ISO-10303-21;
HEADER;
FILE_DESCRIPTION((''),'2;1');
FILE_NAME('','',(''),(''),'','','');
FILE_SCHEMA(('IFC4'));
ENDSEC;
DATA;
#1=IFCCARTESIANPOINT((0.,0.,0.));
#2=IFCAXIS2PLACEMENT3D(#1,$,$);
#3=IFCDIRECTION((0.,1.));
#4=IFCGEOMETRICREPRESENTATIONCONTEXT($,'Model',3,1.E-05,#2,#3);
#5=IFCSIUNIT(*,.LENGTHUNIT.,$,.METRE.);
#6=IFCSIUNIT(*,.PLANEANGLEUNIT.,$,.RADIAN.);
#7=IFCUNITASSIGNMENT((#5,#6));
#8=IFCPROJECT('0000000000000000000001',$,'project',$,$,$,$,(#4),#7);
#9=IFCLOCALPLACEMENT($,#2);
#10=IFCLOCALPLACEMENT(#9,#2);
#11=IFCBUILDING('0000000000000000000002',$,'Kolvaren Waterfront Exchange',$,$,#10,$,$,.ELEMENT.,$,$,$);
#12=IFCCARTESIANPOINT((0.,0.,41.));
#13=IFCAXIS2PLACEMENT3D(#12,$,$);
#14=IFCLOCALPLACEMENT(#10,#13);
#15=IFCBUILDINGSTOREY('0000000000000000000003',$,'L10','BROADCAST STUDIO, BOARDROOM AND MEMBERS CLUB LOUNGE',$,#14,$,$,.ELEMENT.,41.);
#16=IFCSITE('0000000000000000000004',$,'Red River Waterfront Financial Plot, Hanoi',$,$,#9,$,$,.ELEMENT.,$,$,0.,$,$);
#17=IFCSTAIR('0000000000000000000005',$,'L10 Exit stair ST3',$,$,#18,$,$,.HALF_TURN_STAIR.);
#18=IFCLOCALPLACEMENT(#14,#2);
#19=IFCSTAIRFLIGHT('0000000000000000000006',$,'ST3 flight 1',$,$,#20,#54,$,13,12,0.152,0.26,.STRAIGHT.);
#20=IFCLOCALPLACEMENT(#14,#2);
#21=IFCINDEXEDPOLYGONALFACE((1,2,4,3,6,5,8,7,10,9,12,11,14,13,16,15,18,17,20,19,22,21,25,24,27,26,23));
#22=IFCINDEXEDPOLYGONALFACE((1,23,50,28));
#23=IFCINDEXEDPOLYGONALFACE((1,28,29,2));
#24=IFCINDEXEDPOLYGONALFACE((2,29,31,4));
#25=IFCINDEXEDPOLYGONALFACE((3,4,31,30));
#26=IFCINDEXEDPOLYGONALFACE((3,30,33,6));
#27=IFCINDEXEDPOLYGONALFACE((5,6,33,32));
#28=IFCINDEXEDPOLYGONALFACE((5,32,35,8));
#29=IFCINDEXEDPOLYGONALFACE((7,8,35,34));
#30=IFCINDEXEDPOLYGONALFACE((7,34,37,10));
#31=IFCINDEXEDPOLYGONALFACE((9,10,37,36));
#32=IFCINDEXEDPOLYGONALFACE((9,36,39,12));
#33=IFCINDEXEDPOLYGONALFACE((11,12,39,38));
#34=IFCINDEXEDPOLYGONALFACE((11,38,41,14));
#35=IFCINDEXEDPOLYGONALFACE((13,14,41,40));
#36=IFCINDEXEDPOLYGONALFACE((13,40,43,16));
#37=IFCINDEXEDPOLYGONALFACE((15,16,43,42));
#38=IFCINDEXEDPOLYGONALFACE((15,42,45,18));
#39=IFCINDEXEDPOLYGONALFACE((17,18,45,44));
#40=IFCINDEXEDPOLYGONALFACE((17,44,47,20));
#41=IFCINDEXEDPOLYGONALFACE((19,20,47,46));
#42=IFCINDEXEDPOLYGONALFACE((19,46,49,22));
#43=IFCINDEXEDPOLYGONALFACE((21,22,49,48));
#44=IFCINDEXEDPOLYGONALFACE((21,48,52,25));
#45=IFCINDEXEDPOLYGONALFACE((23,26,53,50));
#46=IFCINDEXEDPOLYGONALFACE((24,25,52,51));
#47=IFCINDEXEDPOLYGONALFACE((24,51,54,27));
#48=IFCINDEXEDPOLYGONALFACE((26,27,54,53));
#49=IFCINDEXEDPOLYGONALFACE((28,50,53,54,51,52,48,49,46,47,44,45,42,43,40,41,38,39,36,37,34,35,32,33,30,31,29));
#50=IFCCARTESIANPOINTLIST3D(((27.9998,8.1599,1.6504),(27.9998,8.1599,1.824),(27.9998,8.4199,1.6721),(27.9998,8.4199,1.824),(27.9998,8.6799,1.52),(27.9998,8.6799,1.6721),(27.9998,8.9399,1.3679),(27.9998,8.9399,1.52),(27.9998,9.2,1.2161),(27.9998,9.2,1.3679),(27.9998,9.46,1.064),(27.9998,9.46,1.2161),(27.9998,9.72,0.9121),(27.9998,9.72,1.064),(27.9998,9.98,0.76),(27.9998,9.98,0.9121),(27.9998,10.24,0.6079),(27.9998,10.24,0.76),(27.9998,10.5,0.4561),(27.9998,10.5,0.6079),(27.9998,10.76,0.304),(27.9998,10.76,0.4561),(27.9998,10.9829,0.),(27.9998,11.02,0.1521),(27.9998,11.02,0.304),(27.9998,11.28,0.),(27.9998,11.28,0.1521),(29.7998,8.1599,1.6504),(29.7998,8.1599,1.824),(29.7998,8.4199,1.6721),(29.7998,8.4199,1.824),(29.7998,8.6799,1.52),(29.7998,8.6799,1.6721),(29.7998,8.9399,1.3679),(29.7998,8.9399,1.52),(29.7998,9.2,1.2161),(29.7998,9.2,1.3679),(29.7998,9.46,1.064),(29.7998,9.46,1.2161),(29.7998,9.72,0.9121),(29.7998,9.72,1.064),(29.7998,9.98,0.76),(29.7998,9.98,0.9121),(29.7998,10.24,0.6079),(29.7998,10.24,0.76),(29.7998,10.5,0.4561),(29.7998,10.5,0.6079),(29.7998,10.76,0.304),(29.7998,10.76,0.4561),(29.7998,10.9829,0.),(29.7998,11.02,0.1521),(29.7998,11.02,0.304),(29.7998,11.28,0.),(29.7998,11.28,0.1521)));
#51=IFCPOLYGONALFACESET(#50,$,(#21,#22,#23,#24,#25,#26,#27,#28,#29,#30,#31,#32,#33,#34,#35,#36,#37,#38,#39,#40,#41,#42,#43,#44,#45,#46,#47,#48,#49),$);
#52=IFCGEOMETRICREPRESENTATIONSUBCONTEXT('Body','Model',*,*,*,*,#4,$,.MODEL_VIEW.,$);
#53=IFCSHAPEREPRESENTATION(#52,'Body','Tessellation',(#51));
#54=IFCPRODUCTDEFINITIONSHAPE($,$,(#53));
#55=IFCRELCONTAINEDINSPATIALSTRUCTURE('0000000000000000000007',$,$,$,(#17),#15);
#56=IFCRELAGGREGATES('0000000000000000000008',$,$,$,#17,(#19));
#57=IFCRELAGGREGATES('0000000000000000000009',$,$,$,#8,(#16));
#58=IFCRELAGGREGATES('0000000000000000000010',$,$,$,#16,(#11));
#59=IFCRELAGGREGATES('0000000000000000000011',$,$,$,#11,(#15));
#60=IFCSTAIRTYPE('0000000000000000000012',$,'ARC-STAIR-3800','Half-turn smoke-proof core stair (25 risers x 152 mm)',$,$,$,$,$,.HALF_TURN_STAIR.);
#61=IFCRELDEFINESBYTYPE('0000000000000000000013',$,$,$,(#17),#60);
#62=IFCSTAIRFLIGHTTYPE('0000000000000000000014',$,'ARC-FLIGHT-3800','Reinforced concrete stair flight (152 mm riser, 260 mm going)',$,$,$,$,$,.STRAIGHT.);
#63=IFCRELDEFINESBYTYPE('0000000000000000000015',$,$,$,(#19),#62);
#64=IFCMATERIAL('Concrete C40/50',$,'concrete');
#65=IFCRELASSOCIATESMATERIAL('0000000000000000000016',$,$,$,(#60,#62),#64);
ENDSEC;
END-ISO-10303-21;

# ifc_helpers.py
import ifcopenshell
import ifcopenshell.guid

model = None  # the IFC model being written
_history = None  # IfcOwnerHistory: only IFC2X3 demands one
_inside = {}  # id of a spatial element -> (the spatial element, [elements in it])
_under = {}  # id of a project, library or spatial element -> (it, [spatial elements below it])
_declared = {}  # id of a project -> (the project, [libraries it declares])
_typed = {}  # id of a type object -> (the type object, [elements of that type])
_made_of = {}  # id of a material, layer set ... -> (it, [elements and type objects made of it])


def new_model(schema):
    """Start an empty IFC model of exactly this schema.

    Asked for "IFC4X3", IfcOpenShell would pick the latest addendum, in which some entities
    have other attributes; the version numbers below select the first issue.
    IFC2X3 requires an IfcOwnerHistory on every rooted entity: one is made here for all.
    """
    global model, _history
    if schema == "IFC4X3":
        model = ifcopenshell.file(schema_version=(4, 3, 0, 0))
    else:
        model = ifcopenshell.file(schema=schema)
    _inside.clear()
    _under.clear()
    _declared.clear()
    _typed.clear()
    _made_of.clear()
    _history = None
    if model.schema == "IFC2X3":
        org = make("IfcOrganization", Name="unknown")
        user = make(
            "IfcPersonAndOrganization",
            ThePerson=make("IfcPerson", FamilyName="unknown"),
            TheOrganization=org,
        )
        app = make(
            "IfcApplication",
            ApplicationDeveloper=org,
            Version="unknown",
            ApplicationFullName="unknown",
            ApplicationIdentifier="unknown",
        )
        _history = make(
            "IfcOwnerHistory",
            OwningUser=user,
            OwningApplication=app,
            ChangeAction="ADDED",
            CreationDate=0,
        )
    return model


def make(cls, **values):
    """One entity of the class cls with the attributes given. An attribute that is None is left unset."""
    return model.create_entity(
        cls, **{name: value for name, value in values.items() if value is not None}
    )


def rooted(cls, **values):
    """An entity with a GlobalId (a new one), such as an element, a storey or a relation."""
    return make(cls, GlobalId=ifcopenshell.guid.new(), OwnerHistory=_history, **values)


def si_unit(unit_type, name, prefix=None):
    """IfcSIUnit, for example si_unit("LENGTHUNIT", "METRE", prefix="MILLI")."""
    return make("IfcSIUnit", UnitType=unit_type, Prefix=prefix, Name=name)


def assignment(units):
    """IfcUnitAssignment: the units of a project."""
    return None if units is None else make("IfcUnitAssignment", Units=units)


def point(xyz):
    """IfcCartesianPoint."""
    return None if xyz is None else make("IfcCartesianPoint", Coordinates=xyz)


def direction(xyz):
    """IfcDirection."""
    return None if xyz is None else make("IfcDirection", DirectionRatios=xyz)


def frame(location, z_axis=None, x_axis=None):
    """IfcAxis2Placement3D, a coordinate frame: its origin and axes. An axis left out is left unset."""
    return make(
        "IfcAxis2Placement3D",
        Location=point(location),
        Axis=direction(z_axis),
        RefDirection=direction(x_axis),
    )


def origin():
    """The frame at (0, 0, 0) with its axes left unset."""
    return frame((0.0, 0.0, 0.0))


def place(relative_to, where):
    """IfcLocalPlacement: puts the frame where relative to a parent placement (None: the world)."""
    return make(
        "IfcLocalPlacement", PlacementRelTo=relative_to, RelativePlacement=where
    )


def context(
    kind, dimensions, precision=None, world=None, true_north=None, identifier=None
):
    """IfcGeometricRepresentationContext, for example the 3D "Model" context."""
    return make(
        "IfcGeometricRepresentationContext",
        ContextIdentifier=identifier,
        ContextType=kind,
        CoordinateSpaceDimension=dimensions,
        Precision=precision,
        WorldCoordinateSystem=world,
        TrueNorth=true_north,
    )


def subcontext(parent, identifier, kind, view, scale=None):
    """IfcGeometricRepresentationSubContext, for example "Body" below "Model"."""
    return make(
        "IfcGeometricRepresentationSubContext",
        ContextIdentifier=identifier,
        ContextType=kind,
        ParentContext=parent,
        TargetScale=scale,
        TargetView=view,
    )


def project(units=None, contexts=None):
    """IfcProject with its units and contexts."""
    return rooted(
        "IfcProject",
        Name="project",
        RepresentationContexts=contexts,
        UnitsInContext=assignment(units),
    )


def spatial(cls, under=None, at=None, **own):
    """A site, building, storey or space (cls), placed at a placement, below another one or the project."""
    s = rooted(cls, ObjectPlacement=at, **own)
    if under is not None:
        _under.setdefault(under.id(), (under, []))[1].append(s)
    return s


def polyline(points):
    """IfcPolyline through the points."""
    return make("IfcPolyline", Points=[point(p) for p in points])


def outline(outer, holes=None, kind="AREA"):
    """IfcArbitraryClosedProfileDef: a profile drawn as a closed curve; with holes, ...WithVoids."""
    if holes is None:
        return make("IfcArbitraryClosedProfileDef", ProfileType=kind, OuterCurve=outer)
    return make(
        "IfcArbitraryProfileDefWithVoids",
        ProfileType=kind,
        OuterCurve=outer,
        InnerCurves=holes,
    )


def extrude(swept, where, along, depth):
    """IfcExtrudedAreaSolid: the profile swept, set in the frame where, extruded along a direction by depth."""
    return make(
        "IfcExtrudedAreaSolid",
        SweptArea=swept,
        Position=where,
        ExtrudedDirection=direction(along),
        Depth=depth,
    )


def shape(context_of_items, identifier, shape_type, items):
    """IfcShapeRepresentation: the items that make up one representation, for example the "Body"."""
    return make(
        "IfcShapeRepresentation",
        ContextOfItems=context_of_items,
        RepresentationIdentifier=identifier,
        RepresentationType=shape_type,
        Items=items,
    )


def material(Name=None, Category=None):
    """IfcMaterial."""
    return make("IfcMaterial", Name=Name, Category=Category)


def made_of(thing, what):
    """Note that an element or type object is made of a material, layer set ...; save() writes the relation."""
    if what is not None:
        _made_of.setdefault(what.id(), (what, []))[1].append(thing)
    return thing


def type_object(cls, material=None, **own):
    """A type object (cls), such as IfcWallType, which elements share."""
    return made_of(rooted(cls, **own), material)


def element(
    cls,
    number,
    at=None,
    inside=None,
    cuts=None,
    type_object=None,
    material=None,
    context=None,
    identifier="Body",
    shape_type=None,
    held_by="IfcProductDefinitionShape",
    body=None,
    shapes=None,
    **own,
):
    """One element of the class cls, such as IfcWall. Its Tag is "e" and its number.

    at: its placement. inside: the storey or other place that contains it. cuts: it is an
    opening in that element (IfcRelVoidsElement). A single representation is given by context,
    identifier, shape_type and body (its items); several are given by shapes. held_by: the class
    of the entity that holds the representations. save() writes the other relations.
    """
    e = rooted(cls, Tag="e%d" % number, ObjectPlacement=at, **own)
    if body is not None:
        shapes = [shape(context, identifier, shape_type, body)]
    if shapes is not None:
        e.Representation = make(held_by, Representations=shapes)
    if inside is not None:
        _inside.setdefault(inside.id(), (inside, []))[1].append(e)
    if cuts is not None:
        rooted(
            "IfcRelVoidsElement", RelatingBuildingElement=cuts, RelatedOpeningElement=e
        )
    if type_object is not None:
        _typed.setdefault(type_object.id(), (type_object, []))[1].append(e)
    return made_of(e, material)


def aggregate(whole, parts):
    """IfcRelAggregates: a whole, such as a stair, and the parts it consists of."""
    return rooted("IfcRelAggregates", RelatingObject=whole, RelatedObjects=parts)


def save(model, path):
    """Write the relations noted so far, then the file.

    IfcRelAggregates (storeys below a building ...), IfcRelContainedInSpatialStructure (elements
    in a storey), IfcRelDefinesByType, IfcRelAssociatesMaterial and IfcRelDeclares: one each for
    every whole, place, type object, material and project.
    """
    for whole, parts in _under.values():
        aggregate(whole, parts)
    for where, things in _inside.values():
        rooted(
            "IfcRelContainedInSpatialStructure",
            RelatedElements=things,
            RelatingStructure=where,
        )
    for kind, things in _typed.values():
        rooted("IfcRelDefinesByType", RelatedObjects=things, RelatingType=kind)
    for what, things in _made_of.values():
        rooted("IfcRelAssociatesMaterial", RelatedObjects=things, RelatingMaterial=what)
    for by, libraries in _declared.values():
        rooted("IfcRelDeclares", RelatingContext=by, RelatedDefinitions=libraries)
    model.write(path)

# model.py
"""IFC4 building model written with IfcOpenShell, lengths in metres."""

from ifc_helpers import new_model, si_unit, direction, frame, origin, place, context, subcontext, project, spatial, polyline, outline, extrude, material, type_object, element, aggregate, save


model = new_model("IFC4")

# Units and contexts
model_context = context("Model", 3, precision=1e-05, world=origin(), true_north=direction((0.0, 1.0)))
body_context = subcontext(model_context, "Body", "Model", "MODEL_VIEW")
ifc_project = project(units=[si_unit("LENGTHUNIT", "METRE"), si_unit("PLANEANGLEUNIT", "RADIAN")], contexts=[model_context])

# Site, building, storey
site_placement = place(None, origin())
site = spatial("IfcSite", under=ifc_project, at=site_placement, Name="Red River Waterfront Financial Plot, Hanoi", CompositionType="ELEMENT", RefElevation=0.0)
building_placement = place(site_placement, origin())
building = spatial("IfcBuilding", under=site, at=building_placement, Name="Kolvaren Waterfront Exchange", CompositionType="ELEMENT")
storey_placement = place(building_placement, frame((0.0, 0.0, 41.0)))
storey = spatial("IfcBuildingStorey", under=building, at=storey_placement, Name="L10", Description="BROADCAST STUDIO, BOARDROOM AND MEMBERS CLUB LOUNGE", CompositionType="ELEMENT", Elevation=41.0)

# Shared definitions
ifc_material_1 = material(Name="Concrete C40/50", Category="concrete")

# Stair, stair flight
stair_type = type_object("IfcStairType", Name="ARC-STAIR-3800", Description="Half-turn smoke-proof core stair (25 risers x 152 mm)", PredefinedType="HALF_TURN_STAIR", material=ifc_material_1)
stair_flight_type = type_object("IfcStairFlightType", Name="ARC-FLIGHT-3800", Description="Reinforced concrete stair flight (152 mm riser, 260 mm going)", PredefinedType="STRAIGHT", material=ifc_material_1)
stair_1_placement = place(storey_placement, origin())
stair_1 = element("IfcStair", 1, at=stair_1_placement, inside=storey, type_object=stair_type, Name="L10 Exit stair ST3", PredefinedType="HALF_TURN_STAIR")
stair_flight_1_placement = place(storey_placement, frame((28.8999, 11.28, 0.0), z_axis=(0.0, 0.0, 1.0), x_axis=(0.0, -1.0, 0.0)))
stair_flight_1 = element("IfcStairFlight", 2, at=stair_flight_1_placement, type_object=stair_flight_type, Name="ST3 flight 1", NumberOfRisers=13, NumberOfTreads=12, PredefinedType="STRAIGHT", RiserHeight=0.152, TreadLength=0.26, context=body_context, shape_type="SweptSolid", body=[
    extrude(outline(polyline([(0.0, 0.0), (0.0, 0.1521), (0.26, 0.1521), (0.26, 0.304), (0.52, 0.304), (0.52, 0.4561), (0.78, 0.4561), (0.78, 0.6079), (1.04, 0.6079), (1.04, 0.76), (1.3, 0.76), (1.3, 0.9121), (1.5601, 0.9121), (1.5601, 1.064), (1.8201, 1.064), (1.8201, 1.2161), (2.0801, 1.2161), (2.0801, 1.3679), (2.3401, 1.3679), (2.3401, 1.52), (2.6001, 1.52), (2.6001, 1.6721), (2.8601, 1.6721), (2.8601, 1.824), (3.1201, 1.824), (3.1201, 1.9761), (3.1201, 1.6504), (0.2971, 0.0), (0.0, 0.0)])), frame((0.0, 0.8999, 0.0), z_axis=(0.0, -1.0, 0.0), x_axis=(1.0, 0.0, 0.0)), (0.0, 0.0, 1.0), 1.8),
])
aggregate(stair_1, [stair_flight_1])

save(model, "model.ifc")
